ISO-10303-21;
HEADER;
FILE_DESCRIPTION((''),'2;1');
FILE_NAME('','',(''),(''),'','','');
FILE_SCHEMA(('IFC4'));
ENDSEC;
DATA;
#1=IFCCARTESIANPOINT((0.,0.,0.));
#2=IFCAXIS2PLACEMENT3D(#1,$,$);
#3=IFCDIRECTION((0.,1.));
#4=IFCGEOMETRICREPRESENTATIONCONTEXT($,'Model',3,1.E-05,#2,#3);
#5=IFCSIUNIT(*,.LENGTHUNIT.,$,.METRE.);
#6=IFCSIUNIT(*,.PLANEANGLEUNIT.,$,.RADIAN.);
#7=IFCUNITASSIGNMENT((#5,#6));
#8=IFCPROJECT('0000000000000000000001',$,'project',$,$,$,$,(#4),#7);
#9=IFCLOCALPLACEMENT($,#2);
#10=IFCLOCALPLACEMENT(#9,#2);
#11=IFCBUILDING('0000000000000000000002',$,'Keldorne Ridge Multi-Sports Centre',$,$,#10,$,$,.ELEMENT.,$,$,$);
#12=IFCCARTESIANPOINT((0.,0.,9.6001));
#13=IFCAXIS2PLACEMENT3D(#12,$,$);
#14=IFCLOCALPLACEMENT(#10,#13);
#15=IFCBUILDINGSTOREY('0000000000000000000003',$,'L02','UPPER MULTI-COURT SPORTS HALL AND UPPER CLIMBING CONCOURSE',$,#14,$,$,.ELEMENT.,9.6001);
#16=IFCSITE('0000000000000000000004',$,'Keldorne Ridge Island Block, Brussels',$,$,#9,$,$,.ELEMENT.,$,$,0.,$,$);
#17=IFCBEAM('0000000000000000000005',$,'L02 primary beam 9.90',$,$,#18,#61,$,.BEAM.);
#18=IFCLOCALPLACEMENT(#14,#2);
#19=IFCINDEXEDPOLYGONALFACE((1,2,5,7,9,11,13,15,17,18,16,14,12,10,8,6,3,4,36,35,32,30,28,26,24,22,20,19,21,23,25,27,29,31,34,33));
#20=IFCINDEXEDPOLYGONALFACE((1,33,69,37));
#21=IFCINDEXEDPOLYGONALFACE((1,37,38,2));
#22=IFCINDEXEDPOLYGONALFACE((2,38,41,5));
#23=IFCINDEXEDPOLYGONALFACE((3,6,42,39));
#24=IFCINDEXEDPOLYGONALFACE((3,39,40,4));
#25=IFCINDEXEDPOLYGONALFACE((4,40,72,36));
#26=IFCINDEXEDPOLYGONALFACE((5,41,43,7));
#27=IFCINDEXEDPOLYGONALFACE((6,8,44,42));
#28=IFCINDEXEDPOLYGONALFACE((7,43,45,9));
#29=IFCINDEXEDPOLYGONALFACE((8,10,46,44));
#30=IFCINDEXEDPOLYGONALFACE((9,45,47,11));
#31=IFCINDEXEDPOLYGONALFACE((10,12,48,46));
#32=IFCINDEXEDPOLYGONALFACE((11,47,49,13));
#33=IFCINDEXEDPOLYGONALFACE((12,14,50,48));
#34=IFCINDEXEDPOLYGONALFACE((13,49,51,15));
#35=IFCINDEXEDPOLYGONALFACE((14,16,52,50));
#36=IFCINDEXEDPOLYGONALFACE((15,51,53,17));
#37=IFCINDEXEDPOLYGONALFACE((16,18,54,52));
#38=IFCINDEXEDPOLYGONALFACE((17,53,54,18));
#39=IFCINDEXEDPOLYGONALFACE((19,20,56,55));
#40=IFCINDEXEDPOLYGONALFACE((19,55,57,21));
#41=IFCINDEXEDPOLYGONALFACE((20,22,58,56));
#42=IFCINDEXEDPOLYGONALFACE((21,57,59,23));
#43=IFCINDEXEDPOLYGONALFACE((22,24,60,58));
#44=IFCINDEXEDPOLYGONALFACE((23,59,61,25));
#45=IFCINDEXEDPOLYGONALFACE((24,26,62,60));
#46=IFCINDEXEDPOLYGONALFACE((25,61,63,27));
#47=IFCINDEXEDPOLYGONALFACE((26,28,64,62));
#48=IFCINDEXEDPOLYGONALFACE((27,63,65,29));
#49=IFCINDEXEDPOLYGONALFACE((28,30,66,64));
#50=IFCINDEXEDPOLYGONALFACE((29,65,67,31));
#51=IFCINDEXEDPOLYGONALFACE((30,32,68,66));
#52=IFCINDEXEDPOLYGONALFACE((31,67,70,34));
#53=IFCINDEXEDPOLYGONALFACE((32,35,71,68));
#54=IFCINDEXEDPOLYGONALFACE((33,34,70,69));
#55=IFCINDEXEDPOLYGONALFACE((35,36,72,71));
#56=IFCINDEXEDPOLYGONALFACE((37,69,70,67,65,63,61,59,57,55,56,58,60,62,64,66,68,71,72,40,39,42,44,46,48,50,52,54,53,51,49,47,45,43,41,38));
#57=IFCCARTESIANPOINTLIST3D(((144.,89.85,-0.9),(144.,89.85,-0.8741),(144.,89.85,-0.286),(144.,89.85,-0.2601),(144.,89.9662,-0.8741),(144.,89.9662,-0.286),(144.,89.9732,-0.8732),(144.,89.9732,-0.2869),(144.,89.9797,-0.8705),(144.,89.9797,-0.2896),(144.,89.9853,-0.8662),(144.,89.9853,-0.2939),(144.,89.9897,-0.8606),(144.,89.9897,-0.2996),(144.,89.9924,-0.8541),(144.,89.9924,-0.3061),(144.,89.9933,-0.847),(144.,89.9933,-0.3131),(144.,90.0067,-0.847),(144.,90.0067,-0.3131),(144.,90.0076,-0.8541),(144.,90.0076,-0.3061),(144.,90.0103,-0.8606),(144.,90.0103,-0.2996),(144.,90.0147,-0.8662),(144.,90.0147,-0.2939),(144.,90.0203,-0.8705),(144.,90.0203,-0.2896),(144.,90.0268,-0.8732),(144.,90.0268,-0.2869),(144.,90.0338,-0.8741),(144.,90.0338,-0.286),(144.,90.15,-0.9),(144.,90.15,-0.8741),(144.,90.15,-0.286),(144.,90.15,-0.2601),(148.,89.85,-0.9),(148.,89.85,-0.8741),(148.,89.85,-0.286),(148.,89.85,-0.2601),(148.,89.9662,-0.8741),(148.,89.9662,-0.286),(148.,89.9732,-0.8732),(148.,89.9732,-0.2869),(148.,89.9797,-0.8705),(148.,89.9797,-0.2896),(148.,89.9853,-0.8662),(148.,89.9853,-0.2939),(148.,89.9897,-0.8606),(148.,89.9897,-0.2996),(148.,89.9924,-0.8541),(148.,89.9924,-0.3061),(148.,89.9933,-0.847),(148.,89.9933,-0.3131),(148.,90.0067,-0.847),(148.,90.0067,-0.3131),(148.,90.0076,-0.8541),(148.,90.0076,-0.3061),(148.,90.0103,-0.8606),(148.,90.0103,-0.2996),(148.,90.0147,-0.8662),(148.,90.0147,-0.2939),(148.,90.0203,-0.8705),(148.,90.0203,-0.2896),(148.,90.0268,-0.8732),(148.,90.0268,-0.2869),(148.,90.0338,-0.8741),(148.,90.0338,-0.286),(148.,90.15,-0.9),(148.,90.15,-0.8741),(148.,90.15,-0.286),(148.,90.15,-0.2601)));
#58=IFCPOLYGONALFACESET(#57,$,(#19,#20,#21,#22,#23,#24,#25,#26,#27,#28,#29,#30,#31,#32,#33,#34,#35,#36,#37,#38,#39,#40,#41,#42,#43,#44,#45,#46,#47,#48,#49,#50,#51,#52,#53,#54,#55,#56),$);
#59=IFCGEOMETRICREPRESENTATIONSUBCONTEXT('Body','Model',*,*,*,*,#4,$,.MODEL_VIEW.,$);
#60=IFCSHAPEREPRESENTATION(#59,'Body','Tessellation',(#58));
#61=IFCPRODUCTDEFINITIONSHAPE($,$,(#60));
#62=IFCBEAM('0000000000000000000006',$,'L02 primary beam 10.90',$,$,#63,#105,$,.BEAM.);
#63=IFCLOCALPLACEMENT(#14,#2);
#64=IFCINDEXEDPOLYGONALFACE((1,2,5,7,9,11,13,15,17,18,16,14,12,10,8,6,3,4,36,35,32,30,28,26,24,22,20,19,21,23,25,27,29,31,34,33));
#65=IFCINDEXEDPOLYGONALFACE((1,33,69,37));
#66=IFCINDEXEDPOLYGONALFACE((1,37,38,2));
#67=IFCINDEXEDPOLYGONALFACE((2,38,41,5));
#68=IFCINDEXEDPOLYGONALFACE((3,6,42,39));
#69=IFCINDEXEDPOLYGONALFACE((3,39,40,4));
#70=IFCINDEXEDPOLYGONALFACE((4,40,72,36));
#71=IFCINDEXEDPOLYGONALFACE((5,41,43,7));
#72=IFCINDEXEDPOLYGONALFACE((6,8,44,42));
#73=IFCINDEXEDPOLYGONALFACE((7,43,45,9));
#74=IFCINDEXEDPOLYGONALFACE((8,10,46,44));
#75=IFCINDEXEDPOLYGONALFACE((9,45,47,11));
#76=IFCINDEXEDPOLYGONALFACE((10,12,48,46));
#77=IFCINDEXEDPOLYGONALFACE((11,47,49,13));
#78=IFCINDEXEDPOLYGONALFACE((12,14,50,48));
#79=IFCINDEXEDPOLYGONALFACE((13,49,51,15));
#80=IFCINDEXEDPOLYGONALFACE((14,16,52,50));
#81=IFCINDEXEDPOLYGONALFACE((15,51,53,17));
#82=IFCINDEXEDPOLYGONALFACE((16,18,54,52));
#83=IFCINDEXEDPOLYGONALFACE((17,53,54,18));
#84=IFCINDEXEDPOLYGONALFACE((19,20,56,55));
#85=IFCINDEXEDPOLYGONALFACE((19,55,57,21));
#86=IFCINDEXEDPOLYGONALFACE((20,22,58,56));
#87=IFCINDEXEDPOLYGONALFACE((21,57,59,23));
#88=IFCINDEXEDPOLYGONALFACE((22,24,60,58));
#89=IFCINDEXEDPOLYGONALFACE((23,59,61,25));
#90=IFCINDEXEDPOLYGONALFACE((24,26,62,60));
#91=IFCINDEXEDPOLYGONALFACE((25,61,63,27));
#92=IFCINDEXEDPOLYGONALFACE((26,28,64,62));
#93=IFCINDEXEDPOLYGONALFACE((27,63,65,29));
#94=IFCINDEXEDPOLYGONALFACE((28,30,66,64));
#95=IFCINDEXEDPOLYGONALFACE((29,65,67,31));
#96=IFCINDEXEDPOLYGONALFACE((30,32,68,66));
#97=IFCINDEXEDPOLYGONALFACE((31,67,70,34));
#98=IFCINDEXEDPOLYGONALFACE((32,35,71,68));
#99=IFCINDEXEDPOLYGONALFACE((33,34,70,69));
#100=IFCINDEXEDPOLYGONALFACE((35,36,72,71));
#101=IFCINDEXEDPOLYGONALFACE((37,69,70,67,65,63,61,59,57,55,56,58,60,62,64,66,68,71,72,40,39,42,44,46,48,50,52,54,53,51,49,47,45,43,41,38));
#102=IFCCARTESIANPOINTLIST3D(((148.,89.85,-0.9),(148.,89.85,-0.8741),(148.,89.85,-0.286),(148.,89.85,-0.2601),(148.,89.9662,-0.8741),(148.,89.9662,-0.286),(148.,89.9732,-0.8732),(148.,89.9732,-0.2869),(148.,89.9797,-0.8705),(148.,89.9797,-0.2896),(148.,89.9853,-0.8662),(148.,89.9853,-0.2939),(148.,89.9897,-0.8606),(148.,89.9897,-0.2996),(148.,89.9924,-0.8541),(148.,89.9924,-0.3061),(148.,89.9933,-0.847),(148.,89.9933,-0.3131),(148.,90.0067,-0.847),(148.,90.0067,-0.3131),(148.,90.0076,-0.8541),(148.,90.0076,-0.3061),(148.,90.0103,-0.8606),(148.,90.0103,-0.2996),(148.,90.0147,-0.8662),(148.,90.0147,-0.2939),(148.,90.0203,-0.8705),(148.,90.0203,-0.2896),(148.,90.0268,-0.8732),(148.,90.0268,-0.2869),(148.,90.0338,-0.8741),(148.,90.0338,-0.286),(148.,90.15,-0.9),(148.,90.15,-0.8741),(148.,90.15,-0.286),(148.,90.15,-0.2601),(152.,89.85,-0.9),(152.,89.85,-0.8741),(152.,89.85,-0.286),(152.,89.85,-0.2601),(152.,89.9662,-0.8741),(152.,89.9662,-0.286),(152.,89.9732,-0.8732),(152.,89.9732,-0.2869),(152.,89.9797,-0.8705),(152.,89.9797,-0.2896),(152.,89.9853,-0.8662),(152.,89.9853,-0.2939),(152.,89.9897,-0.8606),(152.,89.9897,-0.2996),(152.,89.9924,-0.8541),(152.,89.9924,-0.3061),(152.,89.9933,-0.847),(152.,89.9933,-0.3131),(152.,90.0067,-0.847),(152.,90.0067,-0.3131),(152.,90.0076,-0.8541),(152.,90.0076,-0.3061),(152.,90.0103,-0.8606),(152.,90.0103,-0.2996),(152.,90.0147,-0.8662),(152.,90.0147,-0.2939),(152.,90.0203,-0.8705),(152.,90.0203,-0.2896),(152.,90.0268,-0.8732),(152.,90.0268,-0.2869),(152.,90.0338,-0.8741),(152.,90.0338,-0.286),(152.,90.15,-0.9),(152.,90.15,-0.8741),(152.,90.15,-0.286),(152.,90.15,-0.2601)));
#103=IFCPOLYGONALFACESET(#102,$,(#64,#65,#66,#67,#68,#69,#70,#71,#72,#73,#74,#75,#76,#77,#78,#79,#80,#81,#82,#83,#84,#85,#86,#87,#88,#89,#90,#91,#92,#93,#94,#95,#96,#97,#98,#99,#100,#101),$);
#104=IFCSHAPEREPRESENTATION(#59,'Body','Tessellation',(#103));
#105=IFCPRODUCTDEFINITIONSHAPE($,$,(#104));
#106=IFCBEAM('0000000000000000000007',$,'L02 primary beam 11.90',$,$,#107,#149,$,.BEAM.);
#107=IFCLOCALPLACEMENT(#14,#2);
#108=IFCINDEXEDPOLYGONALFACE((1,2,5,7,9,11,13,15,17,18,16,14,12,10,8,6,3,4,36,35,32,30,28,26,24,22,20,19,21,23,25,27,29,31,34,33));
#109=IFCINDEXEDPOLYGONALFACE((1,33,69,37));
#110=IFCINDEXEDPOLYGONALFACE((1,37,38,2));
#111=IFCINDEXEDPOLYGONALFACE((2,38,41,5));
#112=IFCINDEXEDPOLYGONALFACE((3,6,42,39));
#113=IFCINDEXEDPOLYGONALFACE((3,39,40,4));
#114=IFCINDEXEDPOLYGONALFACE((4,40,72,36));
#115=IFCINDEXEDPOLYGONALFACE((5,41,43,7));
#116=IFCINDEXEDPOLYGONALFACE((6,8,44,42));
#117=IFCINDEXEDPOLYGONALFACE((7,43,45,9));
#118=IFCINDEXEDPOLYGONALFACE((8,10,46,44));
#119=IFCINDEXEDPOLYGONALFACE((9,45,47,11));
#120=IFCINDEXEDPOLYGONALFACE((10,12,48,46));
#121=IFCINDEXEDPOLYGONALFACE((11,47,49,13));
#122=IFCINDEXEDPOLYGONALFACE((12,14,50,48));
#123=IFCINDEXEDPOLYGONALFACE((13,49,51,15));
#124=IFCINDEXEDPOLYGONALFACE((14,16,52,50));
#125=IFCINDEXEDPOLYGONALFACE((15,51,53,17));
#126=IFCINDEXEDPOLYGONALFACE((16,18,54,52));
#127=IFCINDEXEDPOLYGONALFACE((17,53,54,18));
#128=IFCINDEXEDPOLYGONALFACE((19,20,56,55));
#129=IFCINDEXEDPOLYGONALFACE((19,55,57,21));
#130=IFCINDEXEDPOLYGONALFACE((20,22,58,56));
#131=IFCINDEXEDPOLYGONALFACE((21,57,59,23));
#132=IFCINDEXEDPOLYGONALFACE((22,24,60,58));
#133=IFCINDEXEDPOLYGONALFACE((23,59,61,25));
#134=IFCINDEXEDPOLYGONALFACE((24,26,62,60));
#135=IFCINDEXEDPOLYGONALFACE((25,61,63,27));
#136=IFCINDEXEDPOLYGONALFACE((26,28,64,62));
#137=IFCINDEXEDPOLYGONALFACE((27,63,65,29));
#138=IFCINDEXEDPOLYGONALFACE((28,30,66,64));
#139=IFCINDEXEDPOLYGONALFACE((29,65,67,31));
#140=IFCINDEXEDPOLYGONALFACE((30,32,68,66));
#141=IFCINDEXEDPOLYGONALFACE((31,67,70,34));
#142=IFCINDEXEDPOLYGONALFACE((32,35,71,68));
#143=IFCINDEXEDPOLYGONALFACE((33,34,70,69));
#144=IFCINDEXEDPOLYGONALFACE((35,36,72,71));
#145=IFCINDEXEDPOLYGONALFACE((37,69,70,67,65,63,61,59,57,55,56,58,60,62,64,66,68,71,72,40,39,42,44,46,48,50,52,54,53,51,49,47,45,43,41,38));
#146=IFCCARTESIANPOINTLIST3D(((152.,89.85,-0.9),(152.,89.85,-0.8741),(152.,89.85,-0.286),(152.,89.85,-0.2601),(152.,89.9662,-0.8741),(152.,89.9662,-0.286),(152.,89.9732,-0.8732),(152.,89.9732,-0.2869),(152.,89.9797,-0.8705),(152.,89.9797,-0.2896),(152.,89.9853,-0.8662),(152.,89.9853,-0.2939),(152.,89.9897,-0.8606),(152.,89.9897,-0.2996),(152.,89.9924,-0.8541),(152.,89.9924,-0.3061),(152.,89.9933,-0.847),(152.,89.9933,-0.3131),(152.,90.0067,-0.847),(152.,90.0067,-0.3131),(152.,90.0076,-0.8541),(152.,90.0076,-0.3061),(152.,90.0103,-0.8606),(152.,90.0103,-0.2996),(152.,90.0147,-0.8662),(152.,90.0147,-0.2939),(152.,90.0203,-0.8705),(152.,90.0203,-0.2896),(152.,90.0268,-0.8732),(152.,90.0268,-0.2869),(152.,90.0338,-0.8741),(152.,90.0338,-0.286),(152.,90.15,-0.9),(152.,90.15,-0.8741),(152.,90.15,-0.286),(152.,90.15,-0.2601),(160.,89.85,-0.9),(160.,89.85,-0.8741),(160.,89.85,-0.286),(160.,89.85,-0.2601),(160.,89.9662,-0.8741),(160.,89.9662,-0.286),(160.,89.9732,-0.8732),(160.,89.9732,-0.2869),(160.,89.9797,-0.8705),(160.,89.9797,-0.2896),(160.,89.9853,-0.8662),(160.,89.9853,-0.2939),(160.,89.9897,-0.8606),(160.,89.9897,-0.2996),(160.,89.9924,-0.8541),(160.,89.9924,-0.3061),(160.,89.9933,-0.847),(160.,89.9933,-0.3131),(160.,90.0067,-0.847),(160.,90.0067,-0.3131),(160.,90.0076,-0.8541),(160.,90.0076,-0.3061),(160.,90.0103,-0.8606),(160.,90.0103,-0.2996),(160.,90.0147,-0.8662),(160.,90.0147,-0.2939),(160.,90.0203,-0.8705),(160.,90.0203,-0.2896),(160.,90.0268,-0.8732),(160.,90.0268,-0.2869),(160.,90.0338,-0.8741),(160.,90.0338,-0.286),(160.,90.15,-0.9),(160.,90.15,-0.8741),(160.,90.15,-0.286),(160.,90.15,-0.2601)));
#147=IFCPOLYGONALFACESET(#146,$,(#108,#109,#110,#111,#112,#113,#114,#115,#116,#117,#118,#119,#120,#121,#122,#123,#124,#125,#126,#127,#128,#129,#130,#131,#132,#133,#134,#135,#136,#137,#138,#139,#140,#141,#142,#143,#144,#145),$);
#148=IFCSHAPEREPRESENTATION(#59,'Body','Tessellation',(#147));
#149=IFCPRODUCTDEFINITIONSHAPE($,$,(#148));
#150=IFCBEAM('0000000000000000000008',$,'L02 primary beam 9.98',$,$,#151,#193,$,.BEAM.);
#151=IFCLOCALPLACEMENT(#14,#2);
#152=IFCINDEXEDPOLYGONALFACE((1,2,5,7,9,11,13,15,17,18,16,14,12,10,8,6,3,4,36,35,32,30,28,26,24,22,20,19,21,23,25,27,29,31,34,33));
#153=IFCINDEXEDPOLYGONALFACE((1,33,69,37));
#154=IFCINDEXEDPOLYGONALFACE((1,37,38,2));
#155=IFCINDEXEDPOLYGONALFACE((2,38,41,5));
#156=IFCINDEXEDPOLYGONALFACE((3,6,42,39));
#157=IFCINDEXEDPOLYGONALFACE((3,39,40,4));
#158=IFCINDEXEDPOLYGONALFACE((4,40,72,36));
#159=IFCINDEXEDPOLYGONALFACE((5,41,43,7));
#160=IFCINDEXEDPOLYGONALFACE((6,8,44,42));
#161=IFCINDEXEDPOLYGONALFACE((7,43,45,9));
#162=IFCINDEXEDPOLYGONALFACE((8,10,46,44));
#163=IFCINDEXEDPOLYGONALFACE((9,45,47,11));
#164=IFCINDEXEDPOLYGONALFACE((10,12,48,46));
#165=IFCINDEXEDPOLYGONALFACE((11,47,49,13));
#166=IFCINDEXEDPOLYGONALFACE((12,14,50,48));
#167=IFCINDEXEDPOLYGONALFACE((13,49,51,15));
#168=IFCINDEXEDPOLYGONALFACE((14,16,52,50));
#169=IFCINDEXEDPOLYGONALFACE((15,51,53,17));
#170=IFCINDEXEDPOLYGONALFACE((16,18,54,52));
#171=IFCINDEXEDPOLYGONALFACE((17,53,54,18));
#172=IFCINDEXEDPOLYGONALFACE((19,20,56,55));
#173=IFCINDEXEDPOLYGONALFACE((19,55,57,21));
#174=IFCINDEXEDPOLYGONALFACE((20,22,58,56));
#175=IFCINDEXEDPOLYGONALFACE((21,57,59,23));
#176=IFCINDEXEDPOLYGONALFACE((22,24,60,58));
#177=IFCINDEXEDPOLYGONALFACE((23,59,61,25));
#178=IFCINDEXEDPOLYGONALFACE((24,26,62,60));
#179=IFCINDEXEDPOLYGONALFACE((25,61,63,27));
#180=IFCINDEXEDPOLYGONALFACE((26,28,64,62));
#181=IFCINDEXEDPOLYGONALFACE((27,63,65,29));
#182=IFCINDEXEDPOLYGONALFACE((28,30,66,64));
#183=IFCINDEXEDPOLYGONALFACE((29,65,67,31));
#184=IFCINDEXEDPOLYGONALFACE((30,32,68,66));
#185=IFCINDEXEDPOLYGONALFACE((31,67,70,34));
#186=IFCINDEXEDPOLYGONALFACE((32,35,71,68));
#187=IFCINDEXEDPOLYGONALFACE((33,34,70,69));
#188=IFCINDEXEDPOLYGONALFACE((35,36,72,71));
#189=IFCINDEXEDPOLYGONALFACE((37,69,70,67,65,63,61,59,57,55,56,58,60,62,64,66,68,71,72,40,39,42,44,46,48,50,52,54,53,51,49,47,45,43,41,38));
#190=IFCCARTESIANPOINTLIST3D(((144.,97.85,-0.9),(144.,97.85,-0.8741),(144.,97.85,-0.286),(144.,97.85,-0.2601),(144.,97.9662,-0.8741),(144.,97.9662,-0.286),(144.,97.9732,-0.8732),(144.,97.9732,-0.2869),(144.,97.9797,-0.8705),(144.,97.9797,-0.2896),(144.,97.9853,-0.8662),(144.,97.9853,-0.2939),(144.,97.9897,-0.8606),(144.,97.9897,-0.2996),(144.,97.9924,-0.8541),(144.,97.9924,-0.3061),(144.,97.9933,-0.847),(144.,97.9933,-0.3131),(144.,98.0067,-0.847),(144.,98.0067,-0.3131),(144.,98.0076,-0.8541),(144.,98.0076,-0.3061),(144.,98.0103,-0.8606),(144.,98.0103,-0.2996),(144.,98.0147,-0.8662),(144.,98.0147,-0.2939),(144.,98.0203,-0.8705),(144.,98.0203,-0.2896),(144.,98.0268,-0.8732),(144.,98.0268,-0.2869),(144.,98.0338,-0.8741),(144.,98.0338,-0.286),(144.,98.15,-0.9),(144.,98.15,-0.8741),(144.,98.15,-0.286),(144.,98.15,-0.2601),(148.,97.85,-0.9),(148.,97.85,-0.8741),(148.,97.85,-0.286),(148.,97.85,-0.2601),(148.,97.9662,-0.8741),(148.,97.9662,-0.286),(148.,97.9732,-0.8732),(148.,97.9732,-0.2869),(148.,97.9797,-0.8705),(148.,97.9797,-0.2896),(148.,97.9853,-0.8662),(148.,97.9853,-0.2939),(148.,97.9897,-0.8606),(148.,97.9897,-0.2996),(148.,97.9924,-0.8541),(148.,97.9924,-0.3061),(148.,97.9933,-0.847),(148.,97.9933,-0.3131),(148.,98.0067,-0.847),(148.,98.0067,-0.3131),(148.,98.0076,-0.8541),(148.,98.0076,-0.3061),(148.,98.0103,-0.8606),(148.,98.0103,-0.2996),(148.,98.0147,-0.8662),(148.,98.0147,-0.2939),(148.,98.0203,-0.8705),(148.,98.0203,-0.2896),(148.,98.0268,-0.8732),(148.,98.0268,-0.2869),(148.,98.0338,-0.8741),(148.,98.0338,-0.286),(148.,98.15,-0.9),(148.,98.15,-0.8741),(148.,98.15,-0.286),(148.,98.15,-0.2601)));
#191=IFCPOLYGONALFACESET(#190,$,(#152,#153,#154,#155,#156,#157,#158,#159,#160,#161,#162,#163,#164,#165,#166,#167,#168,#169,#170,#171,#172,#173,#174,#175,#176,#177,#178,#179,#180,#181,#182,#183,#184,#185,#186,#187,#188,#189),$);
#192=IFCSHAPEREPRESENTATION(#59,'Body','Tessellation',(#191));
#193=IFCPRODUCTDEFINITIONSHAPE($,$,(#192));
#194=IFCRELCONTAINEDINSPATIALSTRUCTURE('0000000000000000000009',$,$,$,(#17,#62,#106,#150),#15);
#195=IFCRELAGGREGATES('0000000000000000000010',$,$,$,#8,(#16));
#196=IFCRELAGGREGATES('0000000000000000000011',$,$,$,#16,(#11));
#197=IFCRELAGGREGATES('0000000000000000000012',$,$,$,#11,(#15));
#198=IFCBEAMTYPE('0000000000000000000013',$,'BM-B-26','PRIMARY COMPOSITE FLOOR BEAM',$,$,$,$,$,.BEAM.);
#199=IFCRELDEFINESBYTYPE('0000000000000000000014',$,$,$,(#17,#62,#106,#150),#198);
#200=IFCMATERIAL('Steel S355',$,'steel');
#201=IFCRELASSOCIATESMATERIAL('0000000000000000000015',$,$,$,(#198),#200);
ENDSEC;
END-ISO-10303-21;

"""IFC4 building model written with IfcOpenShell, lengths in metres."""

from ifc_helpers import new_model, si_unit, direction, frame, origin, origin_2d, place, context, subcontext, project, spatial, i_section, extrude, material, material_profile, profile_set, type_object, element, save


model = new_model("IFC4")

# Units and contexts
model_context = context("Model", 3, precision=1e-05, world=origin(), true_north=direction((0.0, 1.0)))
body_context = subcontext(model_context, "Body", "Model", "MODEL_VIEW")
ifc_project = project(units=[si_unit("LENGTHUNIT", "METRE"), si_unit("PLANEANGLEUNIT", "RADIAN")], contexts=[model_context])

# Site, building, storey
site_placement = place(None, origin())
site = spatial("IfcSite", under=ifc_project, at=site_placement, Name="Keldorne Ridge Island Block, Brussels", CompositionType="ELEMENT", RefElevation=0.0)
building_placement = place(site_placement, origin())
building = spatial("IfcBuilding", under=site, at=building_placement, Name="Keldorne Ridge Multi-Sports Centre", CompositionType="ELEMENT")
storey_placement = place(building_placement, frame((0.0, 0.0, 9.6001)))
storey = spatial("IfcBuildingStorey", under=building, at=storey_placement, Name="L02", Description="UPPER MULTI-COURT SPORTS HALL AND UPPER CLIMBING CONCOURSE", CompositionType="ELEMENT", Elevation=9.6001)

# Shared definitions
ifc_material_1 = material(Name="Steel S355", Category="steel")

# Beams
ifc_material_profile_1 = material_profile(ifc_material_1, i_section(OverallWidth=0.3, OverallDepth=0.6399, WebThickness=0.0134, FlangeThickness=0.0259, FilletRadius=0.0271, at=origin_2d()), Name="HEA 650")
ifc_profile_set_1 = profile_set([ifc_material_profile_1], Name="Steel S355")
beam_type_1 = type_object("IfcBeamType", Name="BM-B-26", Description="PRIMARY COMPOSITE FLOOR BEAM", PredefinedType="BEAM", material=ifc_profile_set_1)
for number, where, z_axis, x_axis, name in (
    (1, (144.0, 90.0, -0.5801), (1.0, 0.0, 0.0), (0.0, 1.0, 0.0), "L02 primary beam 9.90"),
    (2, (148.0, 90.0, -0.5801), (1.0, 0.0, 0.0), (0.0, 1.0, 0.0), "L02 primary beam 10.90"),
):
    element("IfcBeam", number, at=place(storey_placement, frame(where, z_axis=z_axis, x_axis=x_axis)), inside=storey, type_object=beam_type_1, Name=name, PredefinedType="BEAM", context=body_context, shape_type="SweptSolid", body=[
        extrude(i_section(OverallWidth=0.3, OverallDepth=0.6399, WebThickness=0.0134, FlangeThickness=0.0259, FilletRadius=0.0271, at=origin_2d()), origin(), (0.0, 0.0, 1.0), 4.0),
    ])
beam_1_placement = place(storey_placement, frame((152.0, 90.0, -0.5801), z_axis=(1.0, 0.0, 0.0), x_axis=(0.0, 1.0, 0.0)))
element("IfcBeam", 3, at=beam_1_placement, inside=storey, type_object=beam_type_1, Name="L02 primary beam 11.90", PredefinedType="BEAM", context=body_context, shape_type="SweptSolid", body=[
    extrude(i_section(OverallWidth=0.3, OverallDepth=0.6399, WebThickness=0.0134, FlangeThickness=0.0259, FilletRadius=0.0271, at=origin_2d()), origin(), (0.0, 0.0, 1.0), 8.0),
])
beam_2_placement = place(storey_placement, frame((144.0, 98.0, -0.5801), z_axis=(1.0, 0.0, 0.0), x_axis=(0.0, 1.0, 0.0)))
element("IfcBeam", 4, at=beam_2_placement, inside=storey, type_object=beam_type_1, Name="L02 primary beam 9.98", PredefinedType="BEAM", context=body_context, shape_type="SweptSolid", body=[
    extrude(i_section(OverallWidth=0.3, OverallDepth=0.6399, WebThickness=0.0134, FlangeThickness=0.0259, FilletRadius=0.0271, at=origin_2d()), origin(), (0.0, 0.0, 1.0), 4.0),
])

save(model, "model.ifc")
